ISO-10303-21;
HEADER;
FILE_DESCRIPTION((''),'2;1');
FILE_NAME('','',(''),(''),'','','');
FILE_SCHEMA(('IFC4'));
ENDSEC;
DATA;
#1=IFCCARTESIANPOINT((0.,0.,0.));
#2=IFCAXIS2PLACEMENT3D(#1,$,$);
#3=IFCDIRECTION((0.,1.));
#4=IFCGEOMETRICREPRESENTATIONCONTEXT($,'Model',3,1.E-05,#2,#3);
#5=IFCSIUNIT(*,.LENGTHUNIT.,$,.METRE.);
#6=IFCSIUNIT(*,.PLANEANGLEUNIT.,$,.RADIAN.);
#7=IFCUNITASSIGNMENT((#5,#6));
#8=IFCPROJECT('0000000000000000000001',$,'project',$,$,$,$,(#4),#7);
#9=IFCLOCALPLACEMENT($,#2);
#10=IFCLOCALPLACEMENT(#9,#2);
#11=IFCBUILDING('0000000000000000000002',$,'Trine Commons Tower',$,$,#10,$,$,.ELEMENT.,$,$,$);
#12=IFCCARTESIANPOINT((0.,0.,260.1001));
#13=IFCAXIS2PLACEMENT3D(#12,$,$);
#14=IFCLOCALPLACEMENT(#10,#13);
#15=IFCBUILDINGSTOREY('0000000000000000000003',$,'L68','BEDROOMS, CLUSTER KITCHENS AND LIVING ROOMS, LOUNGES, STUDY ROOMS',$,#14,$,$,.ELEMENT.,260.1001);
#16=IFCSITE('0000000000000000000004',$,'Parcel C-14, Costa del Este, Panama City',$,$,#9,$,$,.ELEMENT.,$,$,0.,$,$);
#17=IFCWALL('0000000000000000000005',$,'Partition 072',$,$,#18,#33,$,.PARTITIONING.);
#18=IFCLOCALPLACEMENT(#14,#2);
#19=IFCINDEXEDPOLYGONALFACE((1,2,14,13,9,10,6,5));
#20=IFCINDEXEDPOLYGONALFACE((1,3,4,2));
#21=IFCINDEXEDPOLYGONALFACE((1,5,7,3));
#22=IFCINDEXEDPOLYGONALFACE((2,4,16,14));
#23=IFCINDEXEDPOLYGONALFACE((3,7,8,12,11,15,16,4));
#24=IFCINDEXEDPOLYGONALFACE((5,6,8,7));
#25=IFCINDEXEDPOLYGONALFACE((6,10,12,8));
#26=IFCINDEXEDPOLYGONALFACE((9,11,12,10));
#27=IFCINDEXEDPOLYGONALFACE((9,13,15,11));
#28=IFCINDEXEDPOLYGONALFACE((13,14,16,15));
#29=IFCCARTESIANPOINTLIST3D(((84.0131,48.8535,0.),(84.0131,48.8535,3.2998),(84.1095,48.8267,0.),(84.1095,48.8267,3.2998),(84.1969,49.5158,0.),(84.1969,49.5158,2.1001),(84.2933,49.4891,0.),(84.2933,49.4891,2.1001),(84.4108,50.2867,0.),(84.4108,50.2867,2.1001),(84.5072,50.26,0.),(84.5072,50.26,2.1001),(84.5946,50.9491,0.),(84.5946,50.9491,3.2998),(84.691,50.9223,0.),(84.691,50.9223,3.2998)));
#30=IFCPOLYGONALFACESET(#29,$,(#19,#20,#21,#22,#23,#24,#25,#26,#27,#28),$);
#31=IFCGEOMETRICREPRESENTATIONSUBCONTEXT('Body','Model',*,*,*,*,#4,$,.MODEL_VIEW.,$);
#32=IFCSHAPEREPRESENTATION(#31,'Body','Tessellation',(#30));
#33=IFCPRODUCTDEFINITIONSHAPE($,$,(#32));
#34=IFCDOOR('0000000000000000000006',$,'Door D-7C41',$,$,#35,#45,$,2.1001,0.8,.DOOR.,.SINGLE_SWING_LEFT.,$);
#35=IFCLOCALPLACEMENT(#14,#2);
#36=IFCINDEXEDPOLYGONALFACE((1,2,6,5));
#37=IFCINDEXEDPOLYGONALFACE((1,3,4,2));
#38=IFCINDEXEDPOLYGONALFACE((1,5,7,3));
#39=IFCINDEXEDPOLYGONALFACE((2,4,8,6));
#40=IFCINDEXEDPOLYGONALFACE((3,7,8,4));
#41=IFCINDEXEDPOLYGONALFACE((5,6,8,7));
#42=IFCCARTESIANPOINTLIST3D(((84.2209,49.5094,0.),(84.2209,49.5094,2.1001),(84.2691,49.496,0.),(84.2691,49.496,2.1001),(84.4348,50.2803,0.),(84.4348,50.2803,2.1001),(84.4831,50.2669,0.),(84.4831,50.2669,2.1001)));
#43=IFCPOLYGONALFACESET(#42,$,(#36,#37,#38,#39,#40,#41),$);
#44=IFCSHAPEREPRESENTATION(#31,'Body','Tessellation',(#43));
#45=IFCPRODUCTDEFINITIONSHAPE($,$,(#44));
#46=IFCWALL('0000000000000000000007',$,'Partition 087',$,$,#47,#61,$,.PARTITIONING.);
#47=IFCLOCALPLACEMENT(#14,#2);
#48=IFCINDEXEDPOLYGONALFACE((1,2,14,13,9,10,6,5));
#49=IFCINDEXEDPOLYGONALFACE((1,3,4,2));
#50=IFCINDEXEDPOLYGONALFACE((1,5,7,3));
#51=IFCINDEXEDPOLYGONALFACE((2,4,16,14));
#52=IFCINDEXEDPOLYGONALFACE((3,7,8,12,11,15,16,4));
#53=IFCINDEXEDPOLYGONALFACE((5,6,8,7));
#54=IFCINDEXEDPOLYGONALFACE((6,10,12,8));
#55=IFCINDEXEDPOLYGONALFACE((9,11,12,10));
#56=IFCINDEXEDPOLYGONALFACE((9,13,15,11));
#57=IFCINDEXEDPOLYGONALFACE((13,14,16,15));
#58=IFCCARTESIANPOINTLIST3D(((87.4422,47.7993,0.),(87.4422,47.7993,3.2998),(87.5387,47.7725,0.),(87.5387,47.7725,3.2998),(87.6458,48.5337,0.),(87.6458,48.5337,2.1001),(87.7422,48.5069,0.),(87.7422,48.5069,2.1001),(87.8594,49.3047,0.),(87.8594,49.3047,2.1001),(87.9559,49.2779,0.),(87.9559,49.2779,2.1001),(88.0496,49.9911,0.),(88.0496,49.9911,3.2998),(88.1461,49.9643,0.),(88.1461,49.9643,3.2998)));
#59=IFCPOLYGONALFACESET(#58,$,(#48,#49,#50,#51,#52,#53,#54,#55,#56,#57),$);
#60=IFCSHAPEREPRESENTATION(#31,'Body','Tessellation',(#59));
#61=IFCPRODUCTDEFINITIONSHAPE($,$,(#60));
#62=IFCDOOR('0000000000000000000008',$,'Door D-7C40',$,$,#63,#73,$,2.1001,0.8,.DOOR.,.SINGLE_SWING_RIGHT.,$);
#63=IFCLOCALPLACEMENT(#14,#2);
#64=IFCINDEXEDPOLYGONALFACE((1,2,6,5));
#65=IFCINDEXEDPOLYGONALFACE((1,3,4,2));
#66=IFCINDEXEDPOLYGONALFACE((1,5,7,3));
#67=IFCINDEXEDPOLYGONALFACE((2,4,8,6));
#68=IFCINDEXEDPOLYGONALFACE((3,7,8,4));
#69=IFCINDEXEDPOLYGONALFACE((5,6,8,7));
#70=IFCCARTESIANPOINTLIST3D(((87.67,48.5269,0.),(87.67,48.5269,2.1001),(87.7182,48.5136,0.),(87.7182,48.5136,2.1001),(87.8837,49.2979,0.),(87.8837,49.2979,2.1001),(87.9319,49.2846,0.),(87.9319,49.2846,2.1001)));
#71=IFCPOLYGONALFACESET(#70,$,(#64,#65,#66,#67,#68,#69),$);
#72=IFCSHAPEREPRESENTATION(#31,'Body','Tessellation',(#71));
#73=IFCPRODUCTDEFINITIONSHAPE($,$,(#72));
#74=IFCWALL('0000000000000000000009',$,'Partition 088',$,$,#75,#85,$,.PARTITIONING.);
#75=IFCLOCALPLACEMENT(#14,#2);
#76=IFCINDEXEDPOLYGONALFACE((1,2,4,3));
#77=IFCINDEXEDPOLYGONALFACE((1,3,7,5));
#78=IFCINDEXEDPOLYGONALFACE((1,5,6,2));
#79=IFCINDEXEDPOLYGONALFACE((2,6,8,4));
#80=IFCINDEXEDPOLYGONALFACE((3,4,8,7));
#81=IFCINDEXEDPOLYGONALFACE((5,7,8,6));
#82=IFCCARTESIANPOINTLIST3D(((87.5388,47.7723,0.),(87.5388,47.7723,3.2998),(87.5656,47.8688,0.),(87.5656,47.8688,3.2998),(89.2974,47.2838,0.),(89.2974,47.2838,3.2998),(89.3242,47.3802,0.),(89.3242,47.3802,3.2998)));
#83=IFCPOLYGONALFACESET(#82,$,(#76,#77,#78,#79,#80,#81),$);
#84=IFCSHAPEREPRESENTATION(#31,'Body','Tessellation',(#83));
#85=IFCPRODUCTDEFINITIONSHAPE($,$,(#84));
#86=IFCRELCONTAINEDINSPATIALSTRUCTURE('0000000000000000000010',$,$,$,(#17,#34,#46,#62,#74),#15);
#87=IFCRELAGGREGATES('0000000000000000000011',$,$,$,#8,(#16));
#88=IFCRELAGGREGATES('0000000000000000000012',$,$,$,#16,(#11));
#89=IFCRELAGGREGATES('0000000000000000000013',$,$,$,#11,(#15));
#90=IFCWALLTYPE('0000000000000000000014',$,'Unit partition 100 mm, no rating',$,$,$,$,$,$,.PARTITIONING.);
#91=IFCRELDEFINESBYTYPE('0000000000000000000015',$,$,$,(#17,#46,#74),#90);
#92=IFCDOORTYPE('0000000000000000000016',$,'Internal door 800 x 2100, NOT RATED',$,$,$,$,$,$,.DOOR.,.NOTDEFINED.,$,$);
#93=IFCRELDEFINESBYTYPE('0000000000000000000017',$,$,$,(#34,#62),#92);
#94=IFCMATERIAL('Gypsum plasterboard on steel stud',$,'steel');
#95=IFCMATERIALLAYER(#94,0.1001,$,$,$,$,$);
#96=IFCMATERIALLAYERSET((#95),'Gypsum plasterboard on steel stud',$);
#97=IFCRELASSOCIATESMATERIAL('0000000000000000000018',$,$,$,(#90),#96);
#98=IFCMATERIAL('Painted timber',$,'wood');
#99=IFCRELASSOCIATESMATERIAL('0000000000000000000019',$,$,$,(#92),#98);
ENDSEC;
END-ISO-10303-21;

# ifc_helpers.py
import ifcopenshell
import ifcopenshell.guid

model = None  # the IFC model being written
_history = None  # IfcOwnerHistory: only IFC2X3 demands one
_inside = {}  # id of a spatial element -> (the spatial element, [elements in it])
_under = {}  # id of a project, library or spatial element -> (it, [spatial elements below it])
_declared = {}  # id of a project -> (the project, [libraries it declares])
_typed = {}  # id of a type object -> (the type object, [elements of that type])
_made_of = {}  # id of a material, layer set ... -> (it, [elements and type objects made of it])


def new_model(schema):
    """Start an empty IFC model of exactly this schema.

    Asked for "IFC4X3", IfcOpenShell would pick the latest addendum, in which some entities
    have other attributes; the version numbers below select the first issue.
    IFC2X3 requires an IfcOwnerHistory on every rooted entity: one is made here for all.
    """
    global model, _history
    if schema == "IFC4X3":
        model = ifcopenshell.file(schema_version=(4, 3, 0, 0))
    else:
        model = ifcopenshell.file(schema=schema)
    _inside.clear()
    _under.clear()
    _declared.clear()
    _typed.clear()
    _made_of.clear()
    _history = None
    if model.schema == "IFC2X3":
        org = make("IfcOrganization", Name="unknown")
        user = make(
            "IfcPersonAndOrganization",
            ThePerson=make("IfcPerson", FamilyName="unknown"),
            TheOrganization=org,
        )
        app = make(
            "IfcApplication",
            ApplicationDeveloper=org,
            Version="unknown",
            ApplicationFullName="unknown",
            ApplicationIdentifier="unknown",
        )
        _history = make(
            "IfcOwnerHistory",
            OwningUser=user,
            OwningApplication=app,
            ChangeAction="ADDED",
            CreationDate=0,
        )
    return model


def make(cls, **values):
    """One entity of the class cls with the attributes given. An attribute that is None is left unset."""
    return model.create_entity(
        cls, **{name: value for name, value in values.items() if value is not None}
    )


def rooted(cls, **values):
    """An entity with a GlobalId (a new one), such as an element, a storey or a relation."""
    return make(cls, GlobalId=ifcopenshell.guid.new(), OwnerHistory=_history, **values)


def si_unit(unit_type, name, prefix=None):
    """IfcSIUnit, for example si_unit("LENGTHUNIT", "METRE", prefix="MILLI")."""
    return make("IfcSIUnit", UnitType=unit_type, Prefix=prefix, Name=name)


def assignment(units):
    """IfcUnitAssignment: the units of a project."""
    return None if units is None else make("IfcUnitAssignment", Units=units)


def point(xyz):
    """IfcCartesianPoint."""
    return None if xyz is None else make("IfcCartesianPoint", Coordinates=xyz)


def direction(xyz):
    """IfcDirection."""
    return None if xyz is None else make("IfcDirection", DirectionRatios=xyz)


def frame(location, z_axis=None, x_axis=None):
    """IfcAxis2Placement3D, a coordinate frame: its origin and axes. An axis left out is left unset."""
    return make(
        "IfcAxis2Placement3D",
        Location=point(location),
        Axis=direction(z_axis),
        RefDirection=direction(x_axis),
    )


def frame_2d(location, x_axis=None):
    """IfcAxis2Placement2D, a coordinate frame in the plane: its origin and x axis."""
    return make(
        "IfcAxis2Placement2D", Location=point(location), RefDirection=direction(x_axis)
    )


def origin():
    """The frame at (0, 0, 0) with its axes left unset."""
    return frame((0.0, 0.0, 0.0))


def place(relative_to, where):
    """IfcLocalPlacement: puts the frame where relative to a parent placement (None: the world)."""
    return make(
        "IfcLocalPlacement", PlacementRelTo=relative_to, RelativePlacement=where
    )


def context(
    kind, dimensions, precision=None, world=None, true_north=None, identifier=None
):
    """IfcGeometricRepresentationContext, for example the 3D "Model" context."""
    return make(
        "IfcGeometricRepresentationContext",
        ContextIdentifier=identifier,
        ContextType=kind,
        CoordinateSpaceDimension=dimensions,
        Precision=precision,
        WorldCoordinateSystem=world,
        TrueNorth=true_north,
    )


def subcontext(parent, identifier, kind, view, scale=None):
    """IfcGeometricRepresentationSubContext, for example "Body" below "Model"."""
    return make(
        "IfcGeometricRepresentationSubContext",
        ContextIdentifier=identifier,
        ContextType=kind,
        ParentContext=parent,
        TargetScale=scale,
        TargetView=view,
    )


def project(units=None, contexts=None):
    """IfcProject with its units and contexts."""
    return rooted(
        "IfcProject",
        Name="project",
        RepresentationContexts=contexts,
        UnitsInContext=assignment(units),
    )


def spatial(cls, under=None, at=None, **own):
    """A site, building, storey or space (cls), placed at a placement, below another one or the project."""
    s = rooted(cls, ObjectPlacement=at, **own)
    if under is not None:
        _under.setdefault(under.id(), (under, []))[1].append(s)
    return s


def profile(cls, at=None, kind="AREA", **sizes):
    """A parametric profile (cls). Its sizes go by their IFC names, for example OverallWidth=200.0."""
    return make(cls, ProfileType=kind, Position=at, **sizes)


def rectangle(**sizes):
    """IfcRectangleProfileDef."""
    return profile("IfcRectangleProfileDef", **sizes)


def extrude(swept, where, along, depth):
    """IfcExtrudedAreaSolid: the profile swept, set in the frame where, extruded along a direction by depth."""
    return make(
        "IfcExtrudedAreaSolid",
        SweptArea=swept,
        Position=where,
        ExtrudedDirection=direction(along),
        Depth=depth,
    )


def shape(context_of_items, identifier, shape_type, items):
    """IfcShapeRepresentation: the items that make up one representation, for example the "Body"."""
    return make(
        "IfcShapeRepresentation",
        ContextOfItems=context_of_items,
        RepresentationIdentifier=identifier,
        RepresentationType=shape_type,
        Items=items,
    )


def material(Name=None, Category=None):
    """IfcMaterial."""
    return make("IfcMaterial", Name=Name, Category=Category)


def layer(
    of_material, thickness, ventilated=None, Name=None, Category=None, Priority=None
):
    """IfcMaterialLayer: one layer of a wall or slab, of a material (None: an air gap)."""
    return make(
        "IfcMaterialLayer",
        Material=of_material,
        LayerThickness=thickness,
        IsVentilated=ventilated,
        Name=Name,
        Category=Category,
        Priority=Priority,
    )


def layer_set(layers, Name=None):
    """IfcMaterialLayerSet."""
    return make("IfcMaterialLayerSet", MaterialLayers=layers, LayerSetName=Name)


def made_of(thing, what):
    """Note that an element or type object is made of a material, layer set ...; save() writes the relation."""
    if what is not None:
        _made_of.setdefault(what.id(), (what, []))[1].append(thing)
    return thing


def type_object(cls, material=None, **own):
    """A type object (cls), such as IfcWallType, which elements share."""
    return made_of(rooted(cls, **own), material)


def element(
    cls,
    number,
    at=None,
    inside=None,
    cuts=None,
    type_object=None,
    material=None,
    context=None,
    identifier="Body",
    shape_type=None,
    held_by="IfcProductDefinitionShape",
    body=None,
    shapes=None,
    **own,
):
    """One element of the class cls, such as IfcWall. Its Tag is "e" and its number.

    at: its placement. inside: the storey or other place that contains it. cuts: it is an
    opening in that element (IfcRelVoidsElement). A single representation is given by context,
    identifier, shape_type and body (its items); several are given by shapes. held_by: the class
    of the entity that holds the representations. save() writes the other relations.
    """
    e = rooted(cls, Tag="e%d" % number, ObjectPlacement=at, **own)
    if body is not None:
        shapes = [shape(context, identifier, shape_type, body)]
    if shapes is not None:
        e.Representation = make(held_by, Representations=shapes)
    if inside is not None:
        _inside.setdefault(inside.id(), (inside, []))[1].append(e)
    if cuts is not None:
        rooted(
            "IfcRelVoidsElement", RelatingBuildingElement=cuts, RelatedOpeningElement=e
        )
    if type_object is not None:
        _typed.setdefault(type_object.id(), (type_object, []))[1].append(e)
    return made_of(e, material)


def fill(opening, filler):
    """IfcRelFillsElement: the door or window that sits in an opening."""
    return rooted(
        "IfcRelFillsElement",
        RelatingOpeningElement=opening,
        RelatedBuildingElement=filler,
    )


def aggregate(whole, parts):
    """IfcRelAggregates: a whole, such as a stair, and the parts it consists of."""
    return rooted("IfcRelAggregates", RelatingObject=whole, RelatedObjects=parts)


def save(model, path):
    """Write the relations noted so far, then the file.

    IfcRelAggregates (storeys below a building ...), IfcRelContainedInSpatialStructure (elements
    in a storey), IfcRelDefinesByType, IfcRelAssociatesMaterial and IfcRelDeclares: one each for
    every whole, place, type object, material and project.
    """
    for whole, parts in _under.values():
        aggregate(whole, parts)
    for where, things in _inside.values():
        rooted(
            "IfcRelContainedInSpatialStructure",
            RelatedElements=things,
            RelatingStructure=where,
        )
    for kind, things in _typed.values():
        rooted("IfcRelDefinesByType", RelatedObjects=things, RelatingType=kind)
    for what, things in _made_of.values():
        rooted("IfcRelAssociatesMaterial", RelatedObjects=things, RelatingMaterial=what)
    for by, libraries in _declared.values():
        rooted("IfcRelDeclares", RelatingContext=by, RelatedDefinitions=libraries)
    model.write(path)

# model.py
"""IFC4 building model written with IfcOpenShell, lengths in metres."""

from ifc_helpers import new_model, si_unit, direction, frame, frame_2d, origin, place, context, subcontext, project, spatial, rectangle, extrude, material, layer, layer_set, type_object, element, fill, save


model = new_model("IFC4")

# Units and contexts
model_context = context("Model", 3, precision=1e-05, world=origin(), true_north=direction((0.0, 1.0)))
body_context = subcontext(model_context, "Body", "Model", "MODEL_VIEW")
ifc_project = project(units=[si_unit("LENGTHUNIT", "METRE"), si_unit("PLANEANGLEUNIT", "RADIAN")], contexts=[model_context])

# Site, building, storey
site_placement = place(None, origin())
site = spatial("IfcSite", under=ifc_project, at=site_placement, Name="Parcel C-14, Costa del Este, Panama City", CompositionType="ELEMENT", RefElevation=0.0)
building_placement = place(site_placement, origin())
building = spatial("IfcBuilding", under=site, at=building_placement, Name="Trine Commons Tower", CompositionType="ELEMENT")
storey_placement = place(building_placement, frame((0.0, 0.0, 260.1001)))
storey = spatial("IfcBuildingStorey", under=building, at=storey_placement, Name="L68", Description="BEDROOMS, CLUSTER KITCHENS AND LIVING ROOMS, LOUNGES, STUDY ROOMS", CompositionType="ELEMENT", Elevation=260.1001)

# Shared definitions
ifc_material_1 = material(Name="Gypsum plasterboard on steel stud", Category="steel")

# Shared definitions
ifc_layer_1 = layer(ifc_material_1, 0.1001)
ifc_layer_set_1 = layer_set([ifc_layer_1], Name="Gypsum plasterboard on steel stud")
wall_type_1 = type_object("IfcWallType", Name="Unit partition 100 mm, no rating", PredefinedType="PARTITIONING", material=ifc_layer_set_1)
ifc_material_2 = material(Name="Painted timber", Category="wood")
door_type_1 = type_object("IfcDoorType", Name="Internal door 800 x 2100, NOT RATED", OperationType="NOTDEFINED", PredefinedType="DOOR", material=ifc_material_2)

# Walls, openings, doors
wall_1_placement = place(storey_placement, frame((84.0613, 48.8401, 0.0), z_axis=(0.0, 0.0, 1.0), x_axis=(0.267389, 0.963589, 0.0)))
wall_1 = element("IfcWall", 1, at=wall_1_placement, inside=storey, type_object=wall_type_1, Name="Partition 072", PredefinedType="PARTITIONING", context=body_context, shape_type="SweptSolid", body=[
    extrude(rectangle(XDim=2.1748, YDim=0.1001, at=frame_2d((1.0874, 0.0))), origin(), (0.0, 0.0, 1.0), 3.2998),
])
opening_1_placement = place(wall_1_placement, frame((0.6875, 0.0, 0.0)))
opening_1 = element("IfcOpeningElement", 2, at=opening_1_placement, cuts=wall_1, PredefinedType="OPENING", context=body_context, shape_type="SweptSolid", body=[
    extrude(rectangle(XDim=0.8, YDim=2.1001, at=frame_2d((0.3999, 1.05))), frame((0.0, 0.0601, 0.0), z_axis=(0.0, -1.0, 0.0), x_axis=(1.0, 0.0, 0.0)), (0.0, 0.0, 1.0), 0.1201),
])
door_1_placement = place(opening_1_placement, frame((0.8, 0.0, 0.0), z_axis=(0.0, 0.0, 1.0), x_axis=(-1.0, 0.0, 0.0)))
door_1 = element("IfcDoor", 3, at=door_1_placement, inside=storey, type_object=door_type_1, Name="Door D-7C41", OperationType="SINGLE_SWING_LEFT", OverallHeight=2.1001, OverallWidth=0.8, PredefinedType="DOOR", context=body_context, shape_type="SweptSolid", body=[
    extrude(rectangle(XDim=0.8, YDim=2.1001, at=frame_2d((0.3999, 1.05))), frame((0.0, 0.0249, 0.0), z_axis=(0.0, -1.0, 0.0), x_axis=(1.0, 0.0, 0.0)), (0.0, 0.0, 1.0), 0.05),
])
fill(opening_1, door_1)
wall_2_placement = place(storey_placement, frame((87.4905, 47.7859, 0.0), z_axis=(0.0, 0.0, 1.0), x_axis=(0.267057, 0.963681, 0.0)))
wall_2 = element("IfcWall", 4, at=wall_2_placement, inside=storey, type_object=wall_type_1, Name="Partition 087", PredefinedType="PARTITIONING", context=body_context, shape_type="SweptSolid", body=[
    extrude(rectangle(XDim=2.2744, YDim=0.1001, at=frame_2d((1.1372, 0.0))), origin(), (0.0, 0.0, 1.0), 3.2998),
])
opening_2_placement = place(wall_2_placement, frame((0.7622, 0.0, 0.0)))
opening_2 = element("IfcOpeningElement", 5, at=opening_2_placement, cuts=wall_2, PredefinedType="OPENING", context=body_context, shape_type="SweptSolid", body=[
    extrude(rectangle(XDim=0.8, YDim=2.1001, at=frame_2d((0.3999, 1.05))), frame((0.0, 0.0601, 0.0), z_axis=(0.0, -1.0, 0.0), x_axis=(1.0, 0.0, 0.0)), (0.0, 0.0, 1.0), 0.1201),
])
door_2_placement = place(opening_2_placement, origin())
door_2 = element("IfcDoor", 6, at=door_2_placement, inside=storey, type_object=door_type_1, Name="Door D-7C40", OperationType="SINGLE_SWING_RIGHT", OverallHeight=2.1001, OverallWidth=0.8, PredefinedType="DOOR", context=body_context, shape_type="SweptSolid", body=[
    extrude(rectangle(XDim=0.8, YDim=2.1001, at=frame_2d((0.3999, 1.05))), frame((0.0, 0.0249, 0.0), z_axis=(0.0, -1.0, 0.0), x_axis=(1.0, 0.0, 0.0)), (0.0, 0.0, 1.0), 0.05),
])
fill(opening_2, door_2)

# Wall
wall_3_placement = place(storey_placement, frame((87.5522, 47.8206, 0.0), z_axis=(0.0, 0.0, 1.0), x_axis=(0.963512, -0.267665, 0.0)))
element("IfcWall", 7, at=wall_3_placement, inside=storey, type_object=wall_type_1, Name="Partition 088", PredefinedType="PARTITIONING", context=body_context, shape_type="SweptSolid", body=[
    extrude(rectangle(XDim=1.8252, YDim=0.1001, at=frame_2d((0.9126, 0.0))), origin(), (0.0, 0.0, 1.0), 3.2998),
])

save(model, "model.ifc")
